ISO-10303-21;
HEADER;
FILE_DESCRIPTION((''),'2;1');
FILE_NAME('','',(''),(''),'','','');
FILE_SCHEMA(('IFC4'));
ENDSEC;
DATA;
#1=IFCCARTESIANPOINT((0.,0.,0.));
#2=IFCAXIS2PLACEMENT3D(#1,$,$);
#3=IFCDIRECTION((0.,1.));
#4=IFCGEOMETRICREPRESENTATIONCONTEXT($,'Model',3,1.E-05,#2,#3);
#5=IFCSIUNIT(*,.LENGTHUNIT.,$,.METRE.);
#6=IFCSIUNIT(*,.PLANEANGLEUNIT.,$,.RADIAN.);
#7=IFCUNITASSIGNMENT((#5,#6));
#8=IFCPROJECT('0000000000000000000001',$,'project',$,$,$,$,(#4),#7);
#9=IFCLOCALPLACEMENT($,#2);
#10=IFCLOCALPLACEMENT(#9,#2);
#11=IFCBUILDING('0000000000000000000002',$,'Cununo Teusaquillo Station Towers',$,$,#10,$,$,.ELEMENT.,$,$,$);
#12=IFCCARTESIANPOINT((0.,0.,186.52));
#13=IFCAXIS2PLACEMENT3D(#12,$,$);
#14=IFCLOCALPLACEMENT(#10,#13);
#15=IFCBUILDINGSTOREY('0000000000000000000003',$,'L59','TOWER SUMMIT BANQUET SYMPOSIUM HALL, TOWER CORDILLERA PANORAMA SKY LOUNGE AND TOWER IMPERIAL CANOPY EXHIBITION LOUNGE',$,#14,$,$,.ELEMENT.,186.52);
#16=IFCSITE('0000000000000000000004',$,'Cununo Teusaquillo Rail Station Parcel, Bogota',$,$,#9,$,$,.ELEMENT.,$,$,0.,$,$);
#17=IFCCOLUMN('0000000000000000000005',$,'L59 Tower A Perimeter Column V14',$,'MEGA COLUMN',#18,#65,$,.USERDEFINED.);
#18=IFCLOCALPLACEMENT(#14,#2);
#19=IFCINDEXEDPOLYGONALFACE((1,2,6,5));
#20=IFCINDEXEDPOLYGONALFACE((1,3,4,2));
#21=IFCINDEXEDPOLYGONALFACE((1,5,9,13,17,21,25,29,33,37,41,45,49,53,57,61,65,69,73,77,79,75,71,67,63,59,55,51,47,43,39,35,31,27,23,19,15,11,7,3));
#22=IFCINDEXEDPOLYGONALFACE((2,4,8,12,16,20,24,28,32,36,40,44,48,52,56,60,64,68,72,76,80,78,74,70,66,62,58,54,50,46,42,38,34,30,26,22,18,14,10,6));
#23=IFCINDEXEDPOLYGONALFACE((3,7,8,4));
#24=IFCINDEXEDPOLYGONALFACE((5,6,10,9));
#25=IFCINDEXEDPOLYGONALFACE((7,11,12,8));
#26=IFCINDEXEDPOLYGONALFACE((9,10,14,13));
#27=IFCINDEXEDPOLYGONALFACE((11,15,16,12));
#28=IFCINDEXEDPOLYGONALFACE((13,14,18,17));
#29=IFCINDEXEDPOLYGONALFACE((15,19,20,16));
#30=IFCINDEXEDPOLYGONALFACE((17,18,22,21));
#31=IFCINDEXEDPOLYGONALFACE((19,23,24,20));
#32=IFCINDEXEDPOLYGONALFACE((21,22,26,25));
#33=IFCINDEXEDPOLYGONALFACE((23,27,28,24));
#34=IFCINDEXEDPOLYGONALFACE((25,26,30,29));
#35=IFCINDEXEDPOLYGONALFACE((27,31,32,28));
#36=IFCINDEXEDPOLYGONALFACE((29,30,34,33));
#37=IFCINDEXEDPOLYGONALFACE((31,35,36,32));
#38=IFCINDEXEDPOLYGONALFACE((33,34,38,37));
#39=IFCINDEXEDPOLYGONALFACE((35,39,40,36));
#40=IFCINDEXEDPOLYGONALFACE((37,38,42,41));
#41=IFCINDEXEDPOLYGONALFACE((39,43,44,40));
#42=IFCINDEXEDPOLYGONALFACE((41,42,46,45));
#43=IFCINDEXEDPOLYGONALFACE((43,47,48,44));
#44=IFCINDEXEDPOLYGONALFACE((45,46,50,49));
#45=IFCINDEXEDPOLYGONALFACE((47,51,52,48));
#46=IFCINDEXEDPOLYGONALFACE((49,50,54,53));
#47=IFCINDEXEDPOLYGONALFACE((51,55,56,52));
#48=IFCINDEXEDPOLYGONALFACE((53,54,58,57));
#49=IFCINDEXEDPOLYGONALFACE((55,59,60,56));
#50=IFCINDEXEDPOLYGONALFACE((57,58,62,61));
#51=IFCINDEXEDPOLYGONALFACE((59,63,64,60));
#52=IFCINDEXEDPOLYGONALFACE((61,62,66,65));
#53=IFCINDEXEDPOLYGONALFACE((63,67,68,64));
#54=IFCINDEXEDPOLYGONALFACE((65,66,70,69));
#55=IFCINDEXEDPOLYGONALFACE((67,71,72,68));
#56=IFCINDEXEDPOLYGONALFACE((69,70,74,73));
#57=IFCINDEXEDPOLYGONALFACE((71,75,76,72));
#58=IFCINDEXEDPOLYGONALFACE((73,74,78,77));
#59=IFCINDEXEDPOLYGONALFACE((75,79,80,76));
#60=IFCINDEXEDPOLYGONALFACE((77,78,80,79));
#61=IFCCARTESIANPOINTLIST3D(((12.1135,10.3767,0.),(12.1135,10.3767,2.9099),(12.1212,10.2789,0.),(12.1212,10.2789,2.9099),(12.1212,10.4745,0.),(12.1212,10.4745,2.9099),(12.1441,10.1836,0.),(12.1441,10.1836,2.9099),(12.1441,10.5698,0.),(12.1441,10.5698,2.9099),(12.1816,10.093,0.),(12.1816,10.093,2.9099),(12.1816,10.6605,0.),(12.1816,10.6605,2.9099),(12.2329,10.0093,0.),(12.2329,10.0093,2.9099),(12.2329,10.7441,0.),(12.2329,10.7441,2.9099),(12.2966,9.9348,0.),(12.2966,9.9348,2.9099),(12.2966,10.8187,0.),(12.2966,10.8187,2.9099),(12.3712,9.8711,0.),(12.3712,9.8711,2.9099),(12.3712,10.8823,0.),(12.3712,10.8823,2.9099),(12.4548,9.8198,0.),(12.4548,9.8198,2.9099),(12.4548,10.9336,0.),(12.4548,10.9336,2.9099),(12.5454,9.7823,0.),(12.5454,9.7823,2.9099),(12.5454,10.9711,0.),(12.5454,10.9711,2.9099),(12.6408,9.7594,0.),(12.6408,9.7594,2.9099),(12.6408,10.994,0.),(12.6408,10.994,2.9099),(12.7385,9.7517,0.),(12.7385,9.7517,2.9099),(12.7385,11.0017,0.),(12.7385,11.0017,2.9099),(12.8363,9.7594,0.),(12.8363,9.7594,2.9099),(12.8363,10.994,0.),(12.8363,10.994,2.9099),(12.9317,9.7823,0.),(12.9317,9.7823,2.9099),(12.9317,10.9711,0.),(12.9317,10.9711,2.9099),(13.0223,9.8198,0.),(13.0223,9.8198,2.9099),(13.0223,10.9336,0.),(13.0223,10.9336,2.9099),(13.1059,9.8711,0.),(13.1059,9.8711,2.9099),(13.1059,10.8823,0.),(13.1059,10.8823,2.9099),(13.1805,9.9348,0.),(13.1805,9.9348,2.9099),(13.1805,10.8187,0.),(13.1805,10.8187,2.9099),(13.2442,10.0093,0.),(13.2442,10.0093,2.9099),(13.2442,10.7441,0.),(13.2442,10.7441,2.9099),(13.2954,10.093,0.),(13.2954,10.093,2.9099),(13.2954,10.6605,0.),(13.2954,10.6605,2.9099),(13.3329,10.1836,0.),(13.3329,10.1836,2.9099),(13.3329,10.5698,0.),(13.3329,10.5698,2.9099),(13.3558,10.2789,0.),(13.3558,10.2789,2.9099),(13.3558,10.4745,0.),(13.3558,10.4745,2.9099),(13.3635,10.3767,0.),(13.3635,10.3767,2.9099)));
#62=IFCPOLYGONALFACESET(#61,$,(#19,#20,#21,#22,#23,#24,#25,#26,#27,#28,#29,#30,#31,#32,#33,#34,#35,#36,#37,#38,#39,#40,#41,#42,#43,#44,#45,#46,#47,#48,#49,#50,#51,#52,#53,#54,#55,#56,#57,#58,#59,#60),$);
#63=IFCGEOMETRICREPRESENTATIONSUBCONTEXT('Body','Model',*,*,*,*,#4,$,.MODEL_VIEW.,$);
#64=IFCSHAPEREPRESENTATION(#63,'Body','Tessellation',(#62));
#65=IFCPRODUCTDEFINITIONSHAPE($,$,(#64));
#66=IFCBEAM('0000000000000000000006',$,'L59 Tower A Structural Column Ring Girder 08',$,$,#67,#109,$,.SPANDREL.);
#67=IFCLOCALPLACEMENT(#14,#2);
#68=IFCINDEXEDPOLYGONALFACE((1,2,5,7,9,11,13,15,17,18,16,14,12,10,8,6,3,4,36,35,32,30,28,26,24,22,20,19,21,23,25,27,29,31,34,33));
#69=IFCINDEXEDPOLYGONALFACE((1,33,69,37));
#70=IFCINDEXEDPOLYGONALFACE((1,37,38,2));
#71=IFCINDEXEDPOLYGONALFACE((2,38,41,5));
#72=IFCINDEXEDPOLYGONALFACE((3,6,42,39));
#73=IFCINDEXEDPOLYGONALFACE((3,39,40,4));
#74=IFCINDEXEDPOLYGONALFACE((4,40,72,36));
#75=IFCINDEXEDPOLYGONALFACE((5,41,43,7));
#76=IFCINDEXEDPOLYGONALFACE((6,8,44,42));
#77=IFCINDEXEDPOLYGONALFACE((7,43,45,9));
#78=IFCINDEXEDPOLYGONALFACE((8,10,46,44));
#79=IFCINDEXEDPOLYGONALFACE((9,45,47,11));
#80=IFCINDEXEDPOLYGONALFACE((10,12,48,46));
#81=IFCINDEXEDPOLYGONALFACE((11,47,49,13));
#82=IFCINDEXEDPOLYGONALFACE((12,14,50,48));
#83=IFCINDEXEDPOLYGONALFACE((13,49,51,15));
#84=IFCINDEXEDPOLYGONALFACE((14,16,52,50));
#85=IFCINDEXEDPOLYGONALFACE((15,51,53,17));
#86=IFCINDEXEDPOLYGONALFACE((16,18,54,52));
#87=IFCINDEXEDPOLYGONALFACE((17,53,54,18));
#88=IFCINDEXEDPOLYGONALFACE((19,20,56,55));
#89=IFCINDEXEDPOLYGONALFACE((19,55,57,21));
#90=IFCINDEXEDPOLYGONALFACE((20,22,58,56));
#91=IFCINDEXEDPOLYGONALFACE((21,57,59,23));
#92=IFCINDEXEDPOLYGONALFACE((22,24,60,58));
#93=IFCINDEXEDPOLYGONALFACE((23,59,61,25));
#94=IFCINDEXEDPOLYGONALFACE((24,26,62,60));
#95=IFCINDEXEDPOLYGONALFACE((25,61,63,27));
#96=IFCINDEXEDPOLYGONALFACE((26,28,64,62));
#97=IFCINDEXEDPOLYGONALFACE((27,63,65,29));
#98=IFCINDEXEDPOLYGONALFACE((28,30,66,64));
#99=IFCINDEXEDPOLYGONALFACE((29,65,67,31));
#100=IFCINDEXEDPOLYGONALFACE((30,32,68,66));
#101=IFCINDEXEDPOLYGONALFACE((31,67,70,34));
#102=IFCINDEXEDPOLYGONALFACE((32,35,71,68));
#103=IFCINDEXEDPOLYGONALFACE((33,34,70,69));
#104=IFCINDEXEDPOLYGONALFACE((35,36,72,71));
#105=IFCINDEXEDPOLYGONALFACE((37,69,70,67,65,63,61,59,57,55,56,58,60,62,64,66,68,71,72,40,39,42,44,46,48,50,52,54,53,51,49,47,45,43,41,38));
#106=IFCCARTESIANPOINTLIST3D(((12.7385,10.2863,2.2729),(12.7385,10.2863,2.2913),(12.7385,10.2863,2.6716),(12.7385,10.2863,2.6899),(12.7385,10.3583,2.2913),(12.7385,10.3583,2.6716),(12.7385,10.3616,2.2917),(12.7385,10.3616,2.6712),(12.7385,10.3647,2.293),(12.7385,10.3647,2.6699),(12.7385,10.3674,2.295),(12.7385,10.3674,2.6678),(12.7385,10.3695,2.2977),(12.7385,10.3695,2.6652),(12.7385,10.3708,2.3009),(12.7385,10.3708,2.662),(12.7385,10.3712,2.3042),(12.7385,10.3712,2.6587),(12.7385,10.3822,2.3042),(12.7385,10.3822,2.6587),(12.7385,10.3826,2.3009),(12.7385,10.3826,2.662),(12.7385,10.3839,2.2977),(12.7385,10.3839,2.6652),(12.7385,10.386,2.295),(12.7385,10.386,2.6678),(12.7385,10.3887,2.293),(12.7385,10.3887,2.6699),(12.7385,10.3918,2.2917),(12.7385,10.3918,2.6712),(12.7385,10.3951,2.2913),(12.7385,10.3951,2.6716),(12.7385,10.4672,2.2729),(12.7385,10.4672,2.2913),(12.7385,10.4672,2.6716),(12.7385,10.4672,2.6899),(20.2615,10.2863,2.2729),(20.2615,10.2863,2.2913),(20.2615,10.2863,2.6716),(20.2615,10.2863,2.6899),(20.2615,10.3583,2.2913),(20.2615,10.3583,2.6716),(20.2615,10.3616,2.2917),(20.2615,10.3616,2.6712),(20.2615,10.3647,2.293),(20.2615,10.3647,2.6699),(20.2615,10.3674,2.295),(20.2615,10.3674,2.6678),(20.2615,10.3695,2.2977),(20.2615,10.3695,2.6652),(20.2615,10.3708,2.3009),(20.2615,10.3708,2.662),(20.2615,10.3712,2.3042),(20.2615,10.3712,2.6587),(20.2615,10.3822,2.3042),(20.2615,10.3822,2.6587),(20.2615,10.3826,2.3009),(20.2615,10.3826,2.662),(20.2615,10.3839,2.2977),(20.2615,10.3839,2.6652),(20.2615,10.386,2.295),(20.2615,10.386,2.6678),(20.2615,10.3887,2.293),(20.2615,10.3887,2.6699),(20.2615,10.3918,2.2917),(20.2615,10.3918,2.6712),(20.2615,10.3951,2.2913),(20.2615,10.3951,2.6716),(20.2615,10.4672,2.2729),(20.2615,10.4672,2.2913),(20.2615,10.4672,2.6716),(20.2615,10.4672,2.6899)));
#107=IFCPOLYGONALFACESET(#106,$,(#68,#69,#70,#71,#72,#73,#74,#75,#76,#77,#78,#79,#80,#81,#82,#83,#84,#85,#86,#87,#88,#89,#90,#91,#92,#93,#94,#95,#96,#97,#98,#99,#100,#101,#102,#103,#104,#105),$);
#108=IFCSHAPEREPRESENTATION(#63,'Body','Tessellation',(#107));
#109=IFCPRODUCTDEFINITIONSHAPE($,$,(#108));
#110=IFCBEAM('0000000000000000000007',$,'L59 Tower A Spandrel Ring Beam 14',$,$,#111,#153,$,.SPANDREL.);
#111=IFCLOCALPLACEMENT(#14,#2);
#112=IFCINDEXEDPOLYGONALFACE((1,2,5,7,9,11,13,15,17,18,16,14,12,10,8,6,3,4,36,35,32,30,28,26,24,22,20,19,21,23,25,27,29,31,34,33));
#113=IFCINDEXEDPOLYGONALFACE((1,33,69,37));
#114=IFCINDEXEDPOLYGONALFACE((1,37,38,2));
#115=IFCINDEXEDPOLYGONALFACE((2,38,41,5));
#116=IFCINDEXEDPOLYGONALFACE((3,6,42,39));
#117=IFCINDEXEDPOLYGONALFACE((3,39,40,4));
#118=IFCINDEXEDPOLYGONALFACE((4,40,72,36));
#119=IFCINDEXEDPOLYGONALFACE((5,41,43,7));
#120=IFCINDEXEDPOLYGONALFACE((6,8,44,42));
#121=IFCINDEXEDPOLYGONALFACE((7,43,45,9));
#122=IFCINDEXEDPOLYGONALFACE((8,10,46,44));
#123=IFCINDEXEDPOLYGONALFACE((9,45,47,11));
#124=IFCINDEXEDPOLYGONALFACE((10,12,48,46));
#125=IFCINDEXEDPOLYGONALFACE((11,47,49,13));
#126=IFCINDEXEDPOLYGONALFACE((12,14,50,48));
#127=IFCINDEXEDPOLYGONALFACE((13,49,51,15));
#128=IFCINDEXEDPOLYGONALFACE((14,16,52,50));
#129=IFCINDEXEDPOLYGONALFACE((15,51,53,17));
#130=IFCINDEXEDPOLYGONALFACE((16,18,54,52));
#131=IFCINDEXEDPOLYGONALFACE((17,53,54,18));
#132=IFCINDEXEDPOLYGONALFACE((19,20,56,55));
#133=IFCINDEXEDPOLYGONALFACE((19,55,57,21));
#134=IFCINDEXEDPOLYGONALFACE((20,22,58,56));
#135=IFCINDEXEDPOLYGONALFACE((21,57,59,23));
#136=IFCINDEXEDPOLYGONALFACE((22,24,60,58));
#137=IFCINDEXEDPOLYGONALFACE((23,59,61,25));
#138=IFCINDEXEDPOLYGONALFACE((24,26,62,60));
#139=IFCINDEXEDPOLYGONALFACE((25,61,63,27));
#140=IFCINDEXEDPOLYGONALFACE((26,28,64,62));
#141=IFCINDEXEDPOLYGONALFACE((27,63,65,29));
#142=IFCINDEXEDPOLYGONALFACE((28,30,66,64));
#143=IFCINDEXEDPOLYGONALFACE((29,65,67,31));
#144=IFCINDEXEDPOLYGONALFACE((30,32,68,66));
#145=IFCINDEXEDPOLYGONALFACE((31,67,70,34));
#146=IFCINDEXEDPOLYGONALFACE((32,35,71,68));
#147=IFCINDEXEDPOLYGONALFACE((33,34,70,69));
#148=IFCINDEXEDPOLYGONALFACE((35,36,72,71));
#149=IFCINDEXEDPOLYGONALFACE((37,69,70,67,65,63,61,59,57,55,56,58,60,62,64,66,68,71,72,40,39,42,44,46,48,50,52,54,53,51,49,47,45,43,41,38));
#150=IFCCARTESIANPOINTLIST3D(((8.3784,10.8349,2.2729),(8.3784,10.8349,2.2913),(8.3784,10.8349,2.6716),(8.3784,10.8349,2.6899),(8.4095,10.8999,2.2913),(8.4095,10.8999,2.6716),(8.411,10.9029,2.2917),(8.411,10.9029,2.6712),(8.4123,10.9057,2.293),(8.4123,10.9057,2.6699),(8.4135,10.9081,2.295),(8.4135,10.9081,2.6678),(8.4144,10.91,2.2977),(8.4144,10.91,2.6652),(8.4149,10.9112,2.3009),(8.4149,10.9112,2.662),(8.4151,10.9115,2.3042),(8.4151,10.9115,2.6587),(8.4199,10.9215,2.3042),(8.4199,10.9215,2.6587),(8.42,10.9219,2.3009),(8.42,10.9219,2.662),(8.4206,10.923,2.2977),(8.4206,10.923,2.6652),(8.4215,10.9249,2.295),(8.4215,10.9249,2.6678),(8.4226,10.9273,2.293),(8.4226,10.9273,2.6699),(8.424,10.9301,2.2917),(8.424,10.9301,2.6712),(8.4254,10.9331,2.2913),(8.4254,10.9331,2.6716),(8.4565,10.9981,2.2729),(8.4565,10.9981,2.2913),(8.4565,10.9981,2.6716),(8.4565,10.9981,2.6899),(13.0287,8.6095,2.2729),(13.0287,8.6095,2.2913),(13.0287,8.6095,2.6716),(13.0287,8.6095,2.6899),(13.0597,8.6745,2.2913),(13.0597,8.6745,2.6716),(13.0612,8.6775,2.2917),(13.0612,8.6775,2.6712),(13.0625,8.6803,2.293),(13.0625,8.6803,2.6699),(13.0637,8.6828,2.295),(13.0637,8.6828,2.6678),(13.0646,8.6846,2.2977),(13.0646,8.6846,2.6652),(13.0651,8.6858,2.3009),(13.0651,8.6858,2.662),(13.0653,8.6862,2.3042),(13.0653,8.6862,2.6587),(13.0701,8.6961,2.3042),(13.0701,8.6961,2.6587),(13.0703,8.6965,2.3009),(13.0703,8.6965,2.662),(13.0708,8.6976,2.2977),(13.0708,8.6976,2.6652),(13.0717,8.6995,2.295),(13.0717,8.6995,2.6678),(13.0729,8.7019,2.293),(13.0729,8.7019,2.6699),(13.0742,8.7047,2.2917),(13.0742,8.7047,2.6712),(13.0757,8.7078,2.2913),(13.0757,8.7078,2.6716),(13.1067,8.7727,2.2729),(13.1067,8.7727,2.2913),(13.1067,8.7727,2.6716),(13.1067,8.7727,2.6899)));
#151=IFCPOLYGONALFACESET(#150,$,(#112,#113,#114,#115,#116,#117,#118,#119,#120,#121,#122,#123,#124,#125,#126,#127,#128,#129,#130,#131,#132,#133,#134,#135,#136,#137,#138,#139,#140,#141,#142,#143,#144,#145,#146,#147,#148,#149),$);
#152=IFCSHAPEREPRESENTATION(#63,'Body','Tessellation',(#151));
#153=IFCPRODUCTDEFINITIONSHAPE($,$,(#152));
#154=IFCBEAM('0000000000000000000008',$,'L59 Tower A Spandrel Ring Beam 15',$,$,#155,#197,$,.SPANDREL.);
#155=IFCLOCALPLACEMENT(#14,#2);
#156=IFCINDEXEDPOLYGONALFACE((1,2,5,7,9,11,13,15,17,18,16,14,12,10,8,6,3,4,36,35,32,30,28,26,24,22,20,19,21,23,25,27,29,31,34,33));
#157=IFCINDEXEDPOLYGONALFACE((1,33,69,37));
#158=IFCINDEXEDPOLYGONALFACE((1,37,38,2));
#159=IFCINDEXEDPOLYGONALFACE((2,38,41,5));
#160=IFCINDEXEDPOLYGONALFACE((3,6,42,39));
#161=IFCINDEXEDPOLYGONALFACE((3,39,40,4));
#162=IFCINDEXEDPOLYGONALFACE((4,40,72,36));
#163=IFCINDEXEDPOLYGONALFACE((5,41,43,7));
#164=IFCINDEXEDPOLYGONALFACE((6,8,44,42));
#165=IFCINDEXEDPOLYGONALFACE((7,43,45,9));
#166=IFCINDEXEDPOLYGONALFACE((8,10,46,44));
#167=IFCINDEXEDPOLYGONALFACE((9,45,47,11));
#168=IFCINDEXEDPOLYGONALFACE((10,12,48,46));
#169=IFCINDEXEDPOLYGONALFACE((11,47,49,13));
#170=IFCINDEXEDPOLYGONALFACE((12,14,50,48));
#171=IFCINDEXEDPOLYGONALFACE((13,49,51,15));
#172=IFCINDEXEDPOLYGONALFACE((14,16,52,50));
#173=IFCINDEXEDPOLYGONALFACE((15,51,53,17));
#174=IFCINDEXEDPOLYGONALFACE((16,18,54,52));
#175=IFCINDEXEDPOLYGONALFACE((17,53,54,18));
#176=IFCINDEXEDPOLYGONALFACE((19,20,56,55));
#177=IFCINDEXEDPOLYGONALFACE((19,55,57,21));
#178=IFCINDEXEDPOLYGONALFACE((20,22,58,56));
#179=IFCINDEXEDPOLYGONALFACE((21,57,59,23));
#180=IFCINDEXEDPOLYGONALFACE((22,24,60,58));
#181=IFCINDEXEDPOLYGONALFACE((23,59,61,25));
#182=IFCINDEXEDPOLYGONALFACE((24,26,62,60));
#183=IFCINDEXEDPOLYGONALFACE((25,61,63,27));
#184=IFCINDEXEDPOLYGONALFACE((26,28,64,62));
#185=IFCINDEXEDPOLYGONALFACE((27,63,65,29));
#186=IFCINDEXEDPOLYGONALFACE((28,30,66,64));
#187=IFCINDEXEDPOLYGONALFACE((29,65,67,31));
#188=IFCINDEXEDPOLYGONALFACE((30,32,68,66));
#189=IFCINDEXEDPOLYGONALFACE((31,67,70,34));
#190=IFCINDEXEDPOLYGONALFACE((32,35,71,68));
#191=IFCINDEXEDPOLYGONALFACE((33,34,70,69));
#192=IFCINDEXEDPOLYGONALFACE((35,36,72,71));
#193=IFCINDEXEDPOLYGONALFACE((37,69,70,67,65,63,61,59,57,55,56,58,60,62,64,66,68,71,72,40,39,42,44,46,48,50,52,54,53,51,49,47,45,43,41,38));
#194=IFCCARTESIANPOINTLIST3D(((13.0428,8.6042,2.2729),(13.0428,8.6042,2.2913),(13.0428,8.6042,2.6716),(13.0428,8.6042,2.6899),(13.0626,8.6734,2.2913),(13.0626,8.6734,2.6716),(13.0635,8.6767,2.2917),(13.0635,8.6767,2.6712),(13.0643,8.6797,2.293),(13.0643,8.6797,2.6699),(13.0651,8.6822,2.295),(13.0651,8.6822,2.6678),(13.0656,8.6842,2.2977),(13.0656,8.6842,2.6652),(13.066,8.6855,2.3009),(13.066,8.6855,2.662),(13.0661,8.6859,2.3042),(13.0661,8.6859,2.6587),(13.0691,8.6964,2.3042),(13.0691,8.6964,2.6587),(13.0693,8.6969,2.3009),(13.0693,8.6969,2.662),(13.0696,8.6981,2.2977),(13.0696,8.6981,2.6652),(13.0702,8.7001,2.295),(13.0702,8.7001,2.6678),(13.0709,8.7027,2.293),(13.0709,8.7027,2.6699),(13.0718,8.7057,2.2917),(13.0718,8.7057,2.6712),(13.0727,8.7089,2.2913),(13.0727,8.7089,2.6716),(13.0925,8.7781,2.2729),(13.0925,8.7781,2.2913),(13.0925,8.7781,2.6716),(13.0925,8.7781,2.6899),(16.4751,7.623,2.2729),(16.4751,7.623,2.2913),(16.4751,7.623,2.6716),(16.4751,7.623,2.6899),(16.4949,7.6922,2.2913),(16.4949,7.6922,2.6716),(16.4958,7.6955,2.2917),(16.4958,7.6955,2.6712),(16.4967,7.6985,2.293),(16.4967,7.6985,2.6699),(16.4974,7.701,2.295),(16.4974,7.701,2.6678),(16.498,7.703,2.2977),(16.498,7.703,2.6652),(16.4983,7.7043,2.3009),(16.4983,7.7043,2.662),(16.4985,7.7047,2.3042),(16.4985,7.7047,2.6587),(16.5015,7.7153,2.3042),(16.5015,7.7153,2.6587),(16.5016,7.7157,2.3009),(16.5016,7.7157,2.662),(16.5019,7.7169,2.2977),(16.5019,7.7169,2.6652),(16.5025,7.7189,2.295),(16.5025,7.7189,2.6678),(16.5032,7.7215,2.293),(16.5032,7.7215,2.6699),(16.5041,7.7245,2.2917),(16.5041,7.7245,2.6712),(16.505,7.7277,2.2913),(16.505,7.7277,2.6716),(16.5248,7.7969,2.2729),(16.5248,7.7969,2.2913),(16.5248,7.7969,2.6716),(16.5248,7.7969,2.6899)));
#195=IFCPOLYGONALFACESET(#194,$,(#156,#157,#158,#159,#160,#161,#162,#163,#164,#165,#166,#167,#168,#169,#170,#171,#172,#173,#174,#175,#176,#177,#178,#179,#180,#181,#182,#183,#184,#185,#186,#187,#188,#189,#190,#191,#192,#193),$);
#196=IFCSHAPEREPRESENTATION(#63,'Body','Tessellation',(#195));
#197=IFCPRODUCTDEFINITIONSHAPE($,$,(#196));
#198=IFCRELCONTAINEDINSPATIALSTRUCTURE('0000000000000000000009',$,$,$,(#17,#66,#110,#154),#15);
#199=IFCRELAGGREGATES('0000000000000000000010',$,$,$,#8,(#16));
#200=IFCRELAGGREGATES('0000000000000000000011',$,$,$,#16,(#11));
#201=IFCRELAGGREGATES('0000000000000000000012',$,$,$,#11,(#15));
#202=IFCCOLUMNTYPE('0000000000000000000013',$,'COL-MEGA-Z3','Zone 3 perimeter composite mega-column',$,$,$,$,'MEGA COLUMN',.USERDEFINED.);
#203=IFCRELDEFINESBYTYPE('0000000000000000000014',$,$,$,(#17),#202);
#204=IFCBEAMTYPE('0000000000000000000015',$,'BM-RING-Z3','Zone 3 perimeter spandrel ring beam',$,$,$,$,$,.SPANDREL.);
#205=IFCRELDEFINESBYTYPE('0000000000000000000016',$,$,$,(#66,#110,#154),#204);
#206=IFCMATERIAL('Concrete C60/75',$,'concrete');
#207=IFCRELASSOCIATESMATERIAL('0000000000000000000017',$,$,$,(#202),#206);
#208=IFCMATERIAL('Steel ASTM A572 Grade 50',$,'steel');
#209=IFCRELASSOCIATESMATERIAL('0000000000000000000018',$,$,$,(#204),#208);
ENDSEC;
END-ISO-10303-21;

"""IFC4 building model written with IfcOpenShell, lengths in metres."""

from ifc_helpers import new_model, si_unit, direction, frame, origin, origin_2d, place, context, subcontext, project, spatial, circle, i_section, extrude, material, material_profile, profile_set, type_object, element, save


model = new_model("IFC4")

# Units and contexts
model_context = context("Model", 3, precision=1e-05, world=origin(), true_north=direction((0.0, 1.0)))
body_context = subcontext(model_context, "Body", "Model", "MODEL_VIEW")
ifc_project = project(units=[si_unit("LENGTHUNIT", "METRE"), si_unit("PLANEANGLEUNIT", "RADIAN")], contexts=[model_context])

# Site, building, storey
site_placement = place(None, origin())
site = spatial("IfcSite", under=ifc_project, at=site_placement, Name="Cununo Teusaquillo Rail Station Parcel, Bogota", CompositionType="ELEMENT", RefElevation=0.0)
building_placement = place(site_placement, origin())
building = spatial("IfcBuilding", under=site, at=building_placement, Name="Cununo Teusaquillo Station Towers", CompositionType="ELEMENT")
storey_placement = place(building_placement, frame((0.0, 0.0, 186.52)))
storey = spatial("IfcBuildingStorey", under=building, at=storey_placement, Name="L59", Description="TOWER SUMMIT BANQUET SYMPOSIUM HALL, TOWER CORDILLERA PANORAMA SKY LOUNGE AND TOWER IMPERIAL CANOPY EXHIBITION LOUNGE", CompositionType="ELEMENT", Elevation=186.52)

# Column
ifc_material_1 = material(Name="Concrete C60/75", Category="concrete")
ifc_material_profile_1 = material_profile(ifc_material_1, circle(Radius=0.625, at=origin_2d()), Name="RC-CIRC-1250")
ifc_profile_set_1 = profile_set([ifc_material_profile_1], Name="Concrete C60/75")
column_type = type_object("IfcColumnType", Name="COL-MEGA-Z3", Description="Zone 3 perimeter composite mega-column", ElementType="MEGA COLUMN", PredefinedType="USERDEFINED", material=ifc_profile_set_1)
column_placement = place(storey_placement, frame((12.7385, 10.3767, 0.0), z_axis=(0.0, 0.0, 1.0), x_axis=(1.0, 0.0, 0.0)))
element("IfcColumn", 1, at=column_placement, inside=storey, type_object=column_type, Name="L59 Tower A Perimeter Column V14", ObjectType="MEGA COLUMN", PredefinedType="USERDEFINED", context=body_context, shape_type="SweptSolid", body=[
    extrude(circle(Radius=0.625, at=origin_2d()), origin(), (0.0, 0.0, 1.0), 2.9099),
])

# Beams
ifc_material_2 = material(Name="Steel ASTM A572 Grade 50", Category="steel")
ifc_material_profile_2 = material_profile(ifc_material_2, i_section(OverallWidth=0.1809, OverallDepth=0.417, WebThickness=0.011, FlangeThickness=0.0183, FilletRadius=0.0129, at=origin_2d()), Name="W16X57")
ifc_profile_set_2 = profile_set([ifc_material_profile_2], Name="Steel ASTM A572 Grade 50")
beam_type_1 = type_object("IfcBeamType", Name="BM-RING-Z3", Description="Zone 3 perimeter spandrel ring beam", PredefinedType="SPANDREL", material=ifc_profile_set_2)
beam_1_placement = place(storey_placement, frame((12.7385, 10.3767, 2.4814), z_axis=(1.0, 0.0, 0.0), x_axis=(0.0, 1.0, 0.0)))
element("IfcBeam", 2, at=beam_1_placement, inside=storey, type_object=beam_type_1, Name="L59 Tower A Structural Column Ring Girder 08", PredefinedType="SPANDREL", context=body_context, shape_type="SweptSolid", body=[
    extrude(i_section(OverallWidth=0.1809, OverallDepth=0.417, WebThickness=0.011, FlangeThickness=0.0183, FilletRadius=0.0129, at=origin_2d()), origin(), (0.0, 0.0, 1.0), 7.5229),
])
beam_2_placement = place(storey_placement, frame((8.4175, 10.9165, 2.4814), z_axis=(0.902032, -0.43167, 0.0), x_axis=(0.43167, 0.902032, 0.0)))
element("IfcBeam", 3, at=beam_2_placement, inside=storey, type_object=beam_type_1, Name="L59 Tower A Spandrel Ring Beam 14", PredefinedType="SPANDREL", context=body_context, shape_type="SweptSolid", body=[
    extrude(i_section(OverallWidth=0.1809, OverallDepth=0.417, WebThickness=0.011, FlangeThickness=0.0183, FilletRadius=0.0129, at=origin_2d()), origin(), (0.0, 0.0, 1.0), 5.1553),
])
beam_3_placement = place(storey_placement, frame((13.0676, 8.6912, 2.4814), z_axis=(0.961485, -0.274857, 0.0), x_axis=(0.274857, 0.961485, 0.0)))
element("IfcBeam", 4, at=beam_3_placement, inside=storey, type_object=beam_type_1, Name="L59 Tower A Spandrel Ring Beam 15", PredefinedType="SPANDREL", context=body_context, shape_type="SweptSolid", body=[
    extrude(i_section(OverallWidth=0.1809, OverallDepth=0.417, WebThickness=0.011, FlangeThickness=0.0183, FilletRadius=0.0129, at=origin_2d()), origin(), (0.0, 0.0, 1.0), 3.5698),
])

save(model, "model.ifc")
